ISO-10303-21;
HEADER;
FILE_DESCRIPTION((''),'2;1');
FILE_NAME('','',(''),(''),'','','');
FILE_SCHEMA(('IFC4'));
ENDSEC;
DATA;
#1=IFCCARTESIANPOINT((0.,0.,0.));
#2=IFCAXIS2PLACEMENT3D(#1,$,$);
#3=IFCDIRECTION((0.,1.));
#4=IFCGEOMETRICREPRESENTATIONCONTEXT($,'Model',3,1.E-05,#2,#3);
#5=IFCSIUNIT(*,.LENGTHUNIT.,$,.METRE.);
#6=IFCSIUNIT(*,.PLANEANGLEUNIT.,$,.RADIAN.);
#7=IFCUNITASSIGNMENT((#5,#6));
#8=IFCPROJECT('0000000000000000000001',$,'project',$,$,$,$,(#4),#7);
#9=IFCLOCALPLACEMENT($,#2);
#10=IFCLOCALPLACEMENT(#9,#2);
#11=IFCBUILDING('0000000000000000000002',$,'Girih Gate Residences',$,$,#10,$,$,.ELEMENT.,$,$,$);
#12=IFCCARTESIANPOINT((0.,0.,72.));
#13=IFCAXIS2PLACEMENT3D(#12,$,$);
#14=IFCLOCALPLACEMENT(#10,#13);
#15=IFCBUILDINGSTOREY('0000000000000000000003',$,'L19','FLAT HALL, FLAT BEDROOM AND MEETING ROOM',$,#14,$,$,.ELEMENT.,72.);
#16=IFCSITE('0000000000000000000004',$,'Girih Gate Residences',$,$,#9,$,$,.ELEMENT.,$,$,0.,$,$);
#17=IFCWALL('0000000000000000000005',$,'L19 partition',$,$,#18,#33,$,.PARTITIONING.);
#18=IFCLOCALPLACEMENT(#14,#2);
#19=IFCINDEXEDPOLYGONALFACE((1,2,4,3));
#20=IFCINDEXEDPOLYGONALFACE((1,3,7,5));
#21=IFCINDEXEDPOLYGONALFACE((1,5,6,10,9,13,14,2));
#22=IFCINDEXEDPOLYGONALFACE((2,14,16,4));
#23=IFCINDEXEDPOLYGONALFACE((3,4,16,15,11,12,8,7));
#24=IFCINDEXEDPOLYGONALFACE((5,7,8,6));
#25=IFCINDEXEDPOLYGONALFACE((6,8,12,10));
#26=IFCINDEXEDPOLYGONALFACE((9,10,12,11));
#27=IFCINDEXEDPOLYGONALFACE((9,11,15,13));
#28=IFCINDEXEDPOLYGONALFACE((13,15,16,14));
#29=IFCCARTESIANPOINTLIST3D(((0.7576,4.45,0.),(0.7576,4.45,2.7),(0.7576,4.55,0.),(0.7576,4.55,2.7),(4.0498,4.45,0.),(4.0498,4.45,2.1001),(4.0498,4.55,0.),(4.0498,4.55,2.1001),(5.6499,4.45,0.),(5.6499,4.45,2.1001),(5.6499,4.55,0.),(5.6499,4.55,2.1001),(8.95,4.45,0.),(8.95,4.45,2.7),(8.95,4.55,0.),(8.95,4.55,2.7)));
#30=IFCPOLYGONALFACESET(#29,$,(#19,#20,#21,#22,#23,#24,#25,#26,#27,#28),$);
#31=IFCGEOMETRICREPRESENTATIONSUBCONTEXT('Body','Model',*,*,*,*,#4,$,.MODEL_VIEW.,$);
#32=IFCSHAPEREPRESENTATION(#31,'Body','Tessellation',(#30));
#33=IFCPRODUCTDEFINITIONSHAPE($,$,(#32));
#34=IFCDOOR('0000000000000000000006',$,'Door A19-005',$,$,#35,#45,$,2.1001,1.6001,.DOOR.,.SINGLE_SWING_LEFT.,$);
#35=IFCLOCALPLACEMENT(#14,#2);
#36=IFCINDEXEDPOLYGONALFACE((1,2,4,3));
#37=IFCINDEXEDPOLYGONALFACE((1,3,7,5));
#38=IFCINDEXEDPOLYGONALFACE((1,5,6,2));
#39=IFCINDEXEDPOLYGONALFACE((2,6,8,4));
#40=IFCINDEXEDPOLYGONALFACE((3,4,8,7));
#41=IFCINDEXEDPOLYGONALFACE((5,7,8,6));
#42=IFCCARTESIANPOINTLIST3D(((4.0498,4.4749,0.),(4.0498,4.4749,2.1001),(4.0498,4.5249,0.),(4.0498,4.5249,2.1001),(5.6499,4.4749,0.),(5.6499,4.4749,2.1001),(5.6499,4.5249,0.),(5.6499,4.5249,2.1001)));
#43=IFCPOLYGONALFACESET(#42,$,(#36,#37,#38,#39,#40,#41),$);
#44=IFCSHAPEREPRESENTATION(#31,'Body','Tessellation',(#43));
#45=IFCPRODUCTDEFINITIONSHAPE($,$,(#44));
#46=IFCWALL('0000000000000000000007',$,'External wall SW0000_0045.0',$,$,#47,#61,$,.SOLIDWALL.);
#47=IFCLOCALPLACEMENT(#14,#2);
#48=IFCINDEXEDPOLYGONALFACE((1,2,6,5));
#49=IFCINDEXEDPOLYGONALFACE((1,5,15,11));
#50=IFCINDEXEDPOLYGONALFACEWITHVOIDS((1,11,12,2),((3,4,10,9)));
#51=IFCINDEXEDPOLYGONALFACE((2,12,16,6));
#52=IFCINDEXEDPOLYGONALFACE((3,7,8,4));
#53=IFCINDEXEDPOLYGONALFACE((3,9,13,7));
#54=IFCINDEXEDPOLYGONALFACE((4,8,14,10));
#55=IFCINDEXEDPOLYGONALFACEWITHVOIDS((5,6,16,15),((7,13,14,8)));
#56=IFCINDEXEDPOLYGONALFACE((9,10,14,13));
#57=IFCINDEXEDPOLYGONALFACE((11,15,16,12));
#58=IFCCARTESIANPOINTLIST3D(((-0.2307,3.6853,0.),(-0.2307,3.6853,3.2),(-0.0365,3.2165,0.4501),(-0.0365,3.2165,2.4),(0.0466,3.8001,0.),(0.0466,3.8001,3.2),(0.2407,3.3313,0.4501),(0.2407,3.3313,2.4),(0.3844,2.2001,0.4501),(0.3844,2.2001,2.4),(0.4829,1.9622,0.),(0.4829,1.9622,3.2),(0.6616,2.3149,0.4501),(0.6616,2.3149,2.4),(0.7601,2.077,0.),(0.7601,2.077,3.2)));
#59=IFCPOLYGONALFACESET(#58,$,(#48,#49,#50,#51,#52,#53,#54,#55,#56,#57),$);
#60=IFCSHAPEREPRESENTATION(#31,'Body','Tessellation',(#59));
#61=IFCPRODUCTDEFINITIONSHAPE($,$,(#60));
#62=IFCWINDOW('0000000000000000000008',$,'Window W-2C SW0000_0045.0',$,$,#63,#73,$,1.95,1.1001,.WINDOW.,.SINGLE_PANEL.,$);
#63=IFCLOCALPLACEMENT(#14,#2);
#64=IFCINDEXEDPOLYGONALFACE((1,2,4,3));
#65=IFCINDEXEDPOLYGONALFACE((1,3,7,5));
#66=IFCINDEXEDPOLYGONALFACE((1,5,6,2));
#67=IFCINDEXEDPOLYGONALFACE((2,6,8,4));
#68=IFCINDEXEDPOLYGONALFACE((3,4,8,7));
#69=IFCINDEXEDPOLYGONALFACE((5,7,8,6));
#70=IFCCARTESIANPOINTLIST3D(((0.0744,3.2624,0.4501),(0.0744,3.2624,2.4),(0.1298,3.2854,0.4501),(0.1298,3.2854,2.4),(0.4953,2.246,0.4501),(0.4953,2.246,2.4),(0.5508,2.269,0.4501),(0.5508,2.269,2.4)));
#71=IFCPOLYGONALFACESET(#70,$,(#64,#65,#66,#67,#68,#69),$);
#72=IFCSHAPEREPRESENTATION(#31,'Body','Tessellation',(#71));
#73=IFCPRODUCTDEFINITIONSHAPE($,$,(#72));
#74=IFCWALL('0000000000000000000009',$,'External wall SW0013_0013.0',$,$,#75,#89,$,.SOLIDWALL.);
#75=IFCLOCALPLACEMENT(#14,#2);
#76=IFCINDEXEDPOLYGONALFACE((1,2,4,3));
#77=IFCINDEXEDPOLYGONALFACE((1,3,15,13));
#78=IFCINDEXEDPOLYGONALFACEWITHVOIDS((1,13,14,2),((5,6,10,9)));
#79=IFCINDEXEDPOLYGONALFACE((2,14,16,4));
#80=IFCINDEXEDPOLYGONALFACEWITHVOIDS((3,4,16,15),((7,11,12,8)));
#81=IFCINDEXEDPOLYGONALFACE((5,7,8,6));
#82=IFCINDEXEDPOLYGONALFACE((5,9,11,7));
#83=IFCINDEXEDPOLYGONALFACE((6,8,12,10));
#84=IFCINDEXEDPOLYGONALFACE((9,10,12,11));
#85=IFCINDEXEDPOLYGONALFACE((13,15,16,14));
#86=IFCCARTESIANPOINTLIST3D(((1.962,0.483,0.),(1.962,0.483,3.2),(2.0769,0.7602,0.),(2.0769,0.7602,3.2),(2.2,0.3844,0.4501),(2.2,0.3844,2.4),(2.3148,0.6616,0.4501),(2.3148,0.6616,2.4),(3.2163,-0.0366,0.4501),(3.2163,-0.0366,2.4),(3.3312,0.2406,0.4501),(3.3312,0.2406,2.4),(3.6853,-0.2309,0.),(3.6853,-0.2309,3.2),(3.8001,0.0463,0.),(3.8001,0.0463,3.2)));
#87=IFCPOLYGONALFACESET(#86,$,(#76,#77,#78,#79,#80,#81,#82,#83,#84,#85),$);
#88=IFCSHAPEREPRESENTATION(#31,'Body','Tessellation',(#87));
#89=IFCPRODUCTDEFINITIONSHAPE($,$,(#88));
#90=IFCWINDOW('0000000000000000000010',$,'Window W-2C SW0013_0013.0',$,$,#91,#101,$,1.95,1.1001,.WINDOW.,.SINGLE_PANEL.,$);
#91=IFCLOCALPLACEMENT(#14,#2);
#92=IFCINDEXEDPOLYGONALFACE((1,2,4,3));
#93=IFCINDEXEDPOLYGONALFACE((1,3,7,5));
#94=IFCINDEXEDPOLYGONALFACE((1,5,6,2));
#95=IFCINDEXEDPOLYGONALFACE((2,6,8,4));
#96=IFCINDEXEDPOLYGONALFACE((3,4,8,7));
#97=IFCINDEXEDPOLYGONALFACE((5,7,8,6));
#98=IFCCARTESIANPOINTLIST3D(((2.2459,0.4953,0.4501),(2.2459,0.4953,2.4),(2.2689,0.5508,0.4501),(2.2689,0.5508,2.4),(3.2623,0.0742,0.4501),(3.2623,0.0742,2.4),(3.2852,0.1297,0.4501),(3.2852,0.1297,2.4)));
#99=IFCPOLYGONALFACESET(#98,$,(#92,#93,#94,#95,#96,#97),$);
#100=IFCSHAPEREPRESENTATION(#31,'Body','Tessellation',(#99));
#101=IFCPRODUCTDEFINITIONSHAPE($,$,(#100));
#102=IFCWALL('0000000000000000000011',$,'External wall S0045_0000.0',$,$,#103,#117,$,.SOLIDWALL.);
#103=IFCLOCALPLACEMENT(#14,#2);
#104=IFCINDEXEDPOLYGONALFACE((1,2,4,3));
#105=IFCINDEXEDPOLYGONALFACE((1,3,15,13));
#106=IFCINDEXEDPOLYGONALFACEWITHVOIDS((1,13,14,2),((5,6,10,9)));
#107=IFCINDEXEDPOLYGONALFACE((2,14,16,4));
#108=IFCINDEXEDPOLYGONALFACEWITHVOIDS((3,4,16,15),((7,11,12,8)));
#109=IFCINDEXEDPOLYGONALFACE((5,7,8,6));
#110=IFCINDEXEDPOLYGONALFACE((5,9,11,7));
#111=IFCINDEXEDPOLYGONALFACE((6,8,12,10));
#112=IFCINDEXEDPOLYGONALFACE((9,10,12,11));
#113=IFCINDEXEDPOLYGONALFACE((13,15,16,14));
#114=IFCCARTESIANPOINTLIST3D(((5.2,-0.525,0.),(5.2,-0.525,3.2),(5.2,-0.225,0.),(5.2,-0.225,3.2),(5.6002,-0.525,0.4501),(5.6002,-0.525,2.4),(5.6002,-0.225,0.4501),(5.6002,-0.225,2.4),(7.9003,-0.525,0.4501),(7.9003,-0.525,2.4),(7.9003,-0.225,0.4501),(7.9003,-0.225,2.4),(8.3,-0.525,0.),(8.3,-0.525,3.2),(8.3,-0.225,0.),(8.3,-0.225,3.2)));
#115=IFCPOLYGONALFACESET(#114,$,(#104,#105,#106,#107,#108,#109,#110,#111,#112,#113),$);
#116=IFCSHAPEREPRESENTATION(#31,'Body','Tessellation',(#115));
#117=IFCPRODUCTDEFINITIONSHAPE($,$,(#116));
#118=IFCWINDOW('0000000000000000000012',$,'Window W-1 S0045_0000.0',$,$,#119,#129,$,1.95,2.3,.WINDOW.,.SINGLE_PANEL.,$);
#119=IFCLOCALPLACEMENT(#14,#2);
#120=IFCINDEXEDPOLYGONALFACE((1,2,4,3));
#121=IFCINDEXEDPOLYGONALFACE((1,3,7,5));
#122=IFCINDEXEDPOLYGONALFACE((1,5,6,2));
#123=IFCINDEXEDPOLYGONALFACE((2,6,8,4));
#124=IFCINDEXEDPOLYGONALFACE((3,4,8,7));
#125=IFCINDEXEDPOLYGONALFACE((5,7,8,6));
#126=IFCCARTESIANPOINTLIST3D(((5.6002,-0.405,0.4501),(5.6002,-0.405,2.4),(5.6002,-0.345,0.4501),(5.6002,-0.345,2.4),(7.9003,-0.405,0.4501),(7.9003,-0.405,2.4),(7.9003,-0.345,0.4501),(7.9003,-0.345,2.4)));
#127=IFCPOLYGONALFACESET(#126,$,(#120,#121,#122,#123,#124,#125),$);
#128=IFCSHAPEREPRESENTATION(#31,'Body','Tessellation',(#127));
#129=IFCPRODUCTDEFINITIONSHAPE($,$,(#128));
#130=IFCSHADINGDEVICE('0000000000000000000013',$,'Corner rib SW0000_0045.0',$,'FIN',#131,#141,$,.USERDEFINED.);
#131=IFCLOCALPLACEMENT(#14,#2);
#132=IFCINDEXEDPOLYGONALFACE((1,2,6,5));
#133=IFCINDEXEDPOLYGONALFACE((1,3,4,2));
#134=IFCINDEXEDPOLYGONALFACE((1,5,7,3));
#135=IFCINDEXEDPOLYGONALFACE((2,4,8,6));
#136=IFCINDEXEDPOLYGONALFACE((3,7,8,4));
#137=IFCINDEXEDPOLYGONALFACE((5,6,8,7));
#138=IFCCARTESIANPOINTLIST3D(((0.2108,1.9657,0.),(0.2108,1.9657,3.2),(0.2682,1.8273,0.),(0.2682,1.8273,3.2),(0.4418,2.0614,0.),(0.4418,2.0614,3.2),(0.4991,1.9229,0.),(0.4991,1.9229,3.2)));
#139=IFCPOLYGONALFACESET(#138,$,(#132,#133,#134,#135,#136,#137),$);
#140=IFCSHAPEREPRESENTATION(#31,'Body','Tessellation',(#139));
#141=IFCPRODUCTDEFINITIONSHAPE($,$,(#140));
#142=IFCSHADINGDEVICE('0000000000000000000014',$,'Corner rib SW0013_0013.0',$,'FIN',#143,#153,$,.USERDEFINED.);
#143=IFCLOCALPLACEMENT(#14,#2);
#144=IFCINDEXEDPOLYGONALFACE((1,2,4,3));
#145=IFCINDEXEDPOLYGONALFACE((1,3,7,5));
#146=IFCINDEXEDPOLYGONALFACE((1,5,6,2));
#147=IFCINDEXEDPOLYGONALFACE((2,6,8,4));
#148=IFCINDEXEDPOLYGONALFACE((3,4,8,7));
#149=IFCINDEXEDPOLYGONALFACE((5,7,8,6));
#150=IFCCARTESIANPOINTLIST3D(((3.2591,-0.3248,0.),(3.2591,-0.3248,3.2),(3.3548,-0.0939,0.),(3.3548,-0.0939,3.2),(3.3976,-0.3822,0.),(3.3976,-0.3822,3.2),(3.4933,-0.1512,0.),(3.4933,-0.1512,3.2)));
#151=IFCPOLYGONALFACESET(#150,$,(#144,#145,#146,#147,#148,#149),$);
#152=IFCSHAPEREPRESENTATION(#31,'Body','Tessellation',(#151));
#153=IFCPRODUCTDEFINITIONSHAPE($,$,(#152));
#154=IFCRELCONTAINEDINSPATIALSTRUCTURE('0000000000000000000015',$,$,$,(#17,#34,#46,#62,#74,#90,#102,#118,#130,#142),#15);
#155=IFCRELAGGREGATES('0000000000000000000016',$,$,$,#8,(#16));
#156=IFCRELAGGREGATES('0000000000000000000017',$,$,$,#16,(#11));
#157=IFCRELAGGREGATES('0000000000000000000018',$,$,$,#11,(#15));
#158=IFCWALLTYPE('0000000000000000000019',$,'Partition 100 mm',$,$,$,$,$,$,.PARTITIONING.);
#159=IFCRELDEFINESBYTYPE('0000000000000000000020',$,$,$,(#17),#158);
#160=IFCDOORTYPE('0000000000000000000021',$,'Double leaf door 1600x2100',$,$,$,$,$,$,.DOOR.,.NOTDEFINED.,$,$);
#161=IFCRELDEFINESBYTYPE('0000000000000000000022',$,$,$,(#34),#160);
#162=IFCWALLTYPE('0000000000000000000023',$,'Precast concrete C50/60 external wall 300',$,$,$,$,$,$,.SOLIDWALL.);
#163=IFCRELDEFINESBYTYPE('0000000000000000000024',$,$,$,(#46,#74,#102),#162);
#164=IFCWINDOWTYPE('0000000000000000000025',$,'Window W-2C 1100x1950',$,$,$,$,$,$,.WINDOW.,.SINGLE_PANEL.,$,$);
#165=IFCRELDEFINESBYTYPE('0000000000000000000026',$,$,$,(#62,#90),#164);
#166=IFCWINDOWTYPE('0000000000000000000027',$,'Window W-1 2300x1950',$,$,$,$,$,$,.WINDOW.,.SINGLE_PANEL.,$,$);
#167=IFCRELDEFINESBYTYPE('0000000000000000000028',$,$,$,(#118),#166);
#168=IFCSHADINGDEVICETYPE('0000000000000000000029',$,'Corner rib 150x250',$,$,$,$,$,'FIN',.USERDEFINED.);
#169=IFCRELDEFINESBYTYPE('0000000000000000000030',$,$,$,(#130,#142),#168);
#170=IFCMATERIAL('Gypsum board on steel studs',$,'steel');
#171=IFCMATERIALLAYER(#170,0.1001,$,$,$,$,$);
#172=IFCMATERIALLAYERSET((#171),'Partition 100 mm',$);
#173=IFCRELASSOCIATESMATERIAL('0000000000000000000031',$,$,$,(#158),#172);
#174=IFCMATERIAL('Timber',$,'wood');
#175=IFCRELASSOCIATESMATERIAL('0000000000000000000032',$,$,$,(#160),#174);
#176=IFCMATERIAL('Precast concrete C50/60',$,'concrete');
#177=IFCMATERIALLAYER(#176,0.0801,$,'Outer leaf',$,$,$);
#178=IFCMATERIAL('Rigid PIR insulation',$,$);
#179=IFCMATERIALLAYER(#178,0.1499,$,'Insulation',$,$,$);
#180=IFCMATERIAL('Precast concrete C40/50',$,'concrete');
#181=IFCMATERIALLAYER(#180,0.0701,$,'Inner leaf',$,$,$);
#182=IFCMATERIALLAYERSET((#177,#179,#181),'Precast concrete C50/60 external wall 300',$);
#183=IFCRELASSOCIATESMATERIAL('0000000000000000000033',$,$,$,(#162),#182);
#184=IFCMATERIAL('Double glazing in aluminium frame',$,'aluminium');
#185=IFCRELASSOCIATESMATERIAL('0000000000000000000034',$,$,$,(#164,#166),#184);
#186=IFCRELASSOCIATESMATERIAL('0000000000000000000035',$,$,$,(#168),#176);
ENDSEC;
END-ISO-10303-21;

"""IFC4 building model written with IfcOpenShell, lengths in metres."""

from ifc_helpers import new_model, si_unit, direction, frame, frame_2d, origin, origin_2d, place, context, subcontext, project, spatial, rectangle, extrude, material, layer, layer_set, type_object, element, fill, save


model = new_model("IFC4")

# Units and contexts
model_context = context("Model", 3, precision=1e-05, world=origin(), true_north=direction((0.0, 1.0)))
body_context = subcontext(model_context, "Body", "Model", "MODEL_VIEW")
ifc_project = project(units=[si_unit("LENGTHUNIT", "METRE"), si_unit("PLANEANGLEUNIT", "RADIAN")], contexts=[model_context])

# Site, building, storey
site_placement = place(None, origin())
site = spatial("IfcSite", under=ifc_project, at=site_placement, Name="Girih Gate Residences", CompositionType="ELEMENT", RefElevation=0.0)
building_placement = place(site_placement, origin())
building = spatial("IfcBuilding", under=site, at=building_placement, Name="Girih Gate Residences", CompositionType="ELEMENT")
storey_placement = place(building_placement, frame((0.0, 0.0, 72.0)))
storey = spatial("IfcBuildingStorey", under=building, at=storey_placement, Name="L19", Description="FLAT HALL, FLAT BEDROOM AND MEETING ROOM", CompositionType="ELEMENT", Elevation=72.0)

# Wall, opening, door
ifc_material_1 = material(Name="Gypsum board on steel studs", Category="steel")
ifc_layer_1 = layer(ifc_material_1, 0.1001)
ifc_layer_set_1 = layer_set([ifc_layer_1], Name="Partition 100 mm")
wall_type_1 = type_object("IfcWallType", Name="Partition 100 mm", PredefinedType="PARTITIONING", material=ifc_layer_set_1)
wall_1_placement = place(storey_placement, frame((0.7576, 4.5, 0.0), z_axis=(0.0, 0.0, 1.0), x_axis=(1.0, 0.0, 0.0)))
wall_1 = element("IfcWall", 1, at=wall_1_placement, inside=storey, type_object=wall_type_1, Name="L19 partition", PredefinedType="PARTITIONING", context=body_context, shape_type="SweptSolid", body=[
    extrude(rectangle(XDim=8.1924, YDim=0.1001, at=frame_2d((4.0962, 0.0))), origin(), (0.0, 0.0, 1.0), 2.7),
])
opening_1_placement = place(wall_1_placement, frame((3.2922, 0.0, 0.0)))
opening_1 = element("IfcOpeningElement", 2, at=opening_1_placement, cuts=wall_1, PredefinedType="OPENING", context=body_context, shape_type="SweptSolid", body=[
    extrude(rectangle(XDim=1.6001, YDim=2.1001, at=frame_2d((0.8, 1.05))), frame((0.0, 0.0601, 0.0), z_axis=(0.0, -1.0, 0.0), x_axis=(1.0, 0.0, 0.0)), (0.0, 0.0, 1.0), 0.1201),
])
ifc_material_2 = material(Name="Timber", Category="wood")
door_type = type_object("IfcDoorType", Name="Double leaf door 1600x2100", OperationType="NOTDEFINED", PredefinedType="DOOR", material=ifc_material_2)
door_placement = place(opening_1_placement, origin())
door = element("IfcDoor", 3, at=door_placement, inside=storey, type_object=door_type, Name="Door A19-005", OperationType="SINGLE_SWING_LEFT", OverallHeight=2.1001, OverallWidth=1.6001, PredefinedType="DOOR", context=body_context, shape_type="SweptSolid", body=[
    extrude(rectangle(XDim=1.6001, YDim=2.1001, at=frame_2d((0.8, 1.05))), frame((0.0, 0.0249, 0.0), z_axis=(0.0, -1.0, 0.0), x_axis=(1.0, 0.0, 0.0)), (0.0, 0.0, 1.0), 0.05),
])
fill(opening_1, door)

# Walls, openings, windows
ifc_material_3 = material(Name="Precast concrete C50/60", Category="concrete")
ifc_layer_2 = layer(ifc_material_3, 0.0801, Name="Outer leaf")
ifc_material_4 = material(Name="Rigid PIR insulation")
ifc_layer_3 = layer(ifc_material_4, 0.1499, Name="Insulation")
ifc_material_5 = material(Name="Precast concrete C40/50", Category="concrete")
ifc_layer_4 = layer(ifc_material_5, 0.0701, Name="Inner leaf")
ifc_layer_set_2 = layer_set([ifc_layer_2, ifc_layer_3, ifc_layer_4], Name="Precast concrete C50/60 external wall 300")
wall_type_2 = type_object("IfcWallType", Name="Precast concrete C50/60 external wall 300", PredefinedType="SOLIDWALL", material=ifc_layer_set_2)
wall_2_placement = place(storey_placement, frame((0.6216, 2.0195, 0.0), z_axis=(0.0, 0.0, 1.0), x_axis=(-0.382625, 0.923904, 0.0)))
wall_2 = element("IfcWall", 4, at=wall_2_placement, inside=storey, type_object=wall_type_2, Name="External wall SW0000_0045.0", PredefinedType="SOLIDWALL", context=body_context, shape_type="SweptSolid", body=[
    extrude(rectangle(XDim=1.865, YDim=0.3, at=frame_2d((0.9326, 0.0))), origin(), (0.0, 0.0, 1.0), 3.2),
])
opening_2_placement = place(wall_2_placement, frame((0.2576, 0.0, 0.45)))
opening_2 = element("IfcOpeningElement", 5, at=opening_2_placement, cuts=wall_2, PredefinedType="OPENING", context=body_context, shape_type="SweptSolid", body=[
    extrude(rectangle(XDim=1.1001, YDim=1.95, at=frame_2d((0.55, 0.9751))), frame((0.0, 0.1599, 0.0), z_axis=(0.0, -1.0, 0.0), x_axis=(1.0, 0.0, 0.0)), (0.0, 0.0, 1.0), 0.3201),
])
ifc_material_6 = material(Name="Double glazing in aluminium frame", Category="aluminium")
window_type_1 = type_object("IfcWindowType", Name="Window W-2C 1100x1950", PartitioningType="SINGLE_PANEL", PredefinedType="WINDOW", material=ifc_material_6)
window_1_placement = place(opening_2_placement, origin())
window_1 = element("IfcWindow", 6, at=window_1_placement, inside=storey, type_object=window_type_1, Name="Window W-2C SW0000_0045.0", OverallHeight=1.95, OverallWidth=1.1001, PartitioningType="SINGLE_PANEL", PredefinedType="WINDOW", context=body_context, shape_type="SweptSolid", body=[
    extrude(rectangle(XDim=1.1001, YDim=1.95, at=frame_2d((0.55, 0.9751))), frame((0.0, 0.03, 0.0), z_axis=(0.0, -1.0, 0.0), x_axis=(1.0, 0.0, 0.0)), (0.0, 0.0, 1.0), 0.0601),
])
fill(opening_2, window_1)
wall_3_placement = place(storey_placement, frame((3.7427, -0.0923, 0.0), z_axis=(0.0, 0.0, 1.0), x_axis=(-0.923857, 0.382737, 0.0)))
wall_3 = element("IfcWall", 7, at=wall_3_placement, inside=storey, type_object=wall_type_2, Name="External wall SW0013_0013.0", PredefinedType="SOLIDWALL", context=body_context, shape_type="SweptSolid", body=[
    extrude(rectangle(XDim=1.8652, YDim=0.3, at=frame_2d((0.9326, 0.0))), origin(), (0.0, 0.0, 1.0), 3.2),
])
opening_3_placement = place(wall_3_placement, frame((0.5076, 0.0, 0.45)))
opening_3 = element("IfcOpeningElement", 8, at=opening_3_placement, cuts=wall_3, PredefinedType="OPENING", context=body_context, shape_type="SweptSolid", body=[
    extrude(rectangle(XDim=1.1001, YDim=1.95, at=frame_2d((0.55, 0.9751))), frame((0.0, 0.1599, 0.0), z_axis=(0.0, -1.0, 0.0), x_axis=(1.0, 0.0, 0.0)), (0.0, 0.0, 1.0), 0.3201),
])
window_2_placement = place(opening_3_placement, origin())
window_2 = element("IfcWindow", 9, at=window_2_placement, inside=storey, type_object=window_type_1, Name="Window W-2C SW0013_0013.0", OverallHeight=1.95, OverallWidth=1.1001, PartitioningType="SINGLE_PANEL", PredefinedType="WINDOW", context=body_context, shape_type="SweptSolid", body=[
    extrude(rectangle(XDim=1.1001, YDim=1.95, at=frame_2d((0.55, 0.9751))), frame((0.0, 0.03, 0.0), z_axis=(0.0, -1.0, 0.0), x_axis=(1.0, 0.0, 0.0)), (0.0, 0.0, 1.0), 0.0601),
])
fill(opening_3, window_2)
wall_4_placement = place(storey_placement, frame((8.3, -0.375, 0.0), z_axis=(0.0, 0.0, 1.0), x_axis=(-1.0, 0.0, 0.0)))
wall_4 = element("IfcWall", 10, at=wall_4_placement, inside=storey, type_object=wall_type_2, Name="External wall S0045_0000.0", PredefinedType="SOLIDWALL", context=body_context, shape_type="SweptSolid", body=[
    extrude(rectangle(XDim=3.1001, YDim=0.3, at=frame_2d((1.55, 0.0))), origin(), (0.0, 0.0, 1.0), 3.2),
])
opening_4_placement = place(wall_4_placement, frame((0.3999, 0.0, 0.45)))
opening_4 = element("IfcOpeningElement", 11, at=opening_4_placement, cuts=wall_4, PredefinedType="OPENING", context=body_context, shape_type="SweptSolid", body=[
    extrude(rectangle(XDim=2.3, YDim=1.95, at=frame_2d((1.1499, 0.9751))), frame((0.0, 0.1599, 0.0), z_axis=(0.0, -1.0, 0.0), x_axis=(1.0, 0.0, 0.0)), (0.0, 0.0, 1.0), 0.3201),
])
window_type_2 = type_object("IfcWindowType", Name="Window W-1 2300x1950", PartitioningType="SINGLE_PANEL", PredefinedType="WINDOW", material=ifc_material_6)
window_3_placement = place(opening_4_placement, origin())
window_3 = element("IfcWindow", 12, at=window_3_placement, inside=storey, type_object=window_type_2, Name="Window W-1 S0045_0000.0", OverallHeight=1.95, OverallWidth=2.3, PartitioningType="SINGLE_PANEL", PredefinedType="WINDOW", context=body_context, shape_type="SweptSolid", body=[
    extrude(rectangle(XDim=2.3, YDim=1.95, at=frame_2d((1.1499, 0.9751))), frame((0.0, 0.03, 0.0), z_axis=(0.0, -1.0, 0.0), x_axis=(1.0, 0.0, 0.0)), (0.0, 0.0, 1.0), 0.0601),
])
fill(opening_4, window_3)

# Shading devices
shading_device_type = type_object("IfcShadingDeviceType", Name="Corner rib 150x250", ElementType="FIN", PredefinedType="USERDEFINED", material=ifc_material_3)
for number, where, z_axis, x_axis, name in (
    (13, (0.355, 1.9443, 0.0), (0.0, 0.0, 1.0), (0.382683, -0.92388, 0.0), "Corner rib SW0000_0045.0"),
    (14, (3.3762, -0.238, 0.0), (0.0, 0.0, 1.0), (0.92388, -0.382683, 0.0), "Corner rib SW0013_0013.0"),
):
    element("IfcShadingDevice", number, at=place(storey_placement, frame(where, z_axis=z_axis, x_axis=x_axis)), inside=storey, type_object=shading_device_type, Name=name, ObjectType="FIN", PredefinedType="USERDEFINED", context=body_context, shape_type="SweptSolid", body=[
        extrude(rectangle(XDim=0.1499, YDim=0.25, at=origin_2d()), origin(), (0.0, 0.0, 1.0), 3.2),
    ])

save(model, "model.ifc")
